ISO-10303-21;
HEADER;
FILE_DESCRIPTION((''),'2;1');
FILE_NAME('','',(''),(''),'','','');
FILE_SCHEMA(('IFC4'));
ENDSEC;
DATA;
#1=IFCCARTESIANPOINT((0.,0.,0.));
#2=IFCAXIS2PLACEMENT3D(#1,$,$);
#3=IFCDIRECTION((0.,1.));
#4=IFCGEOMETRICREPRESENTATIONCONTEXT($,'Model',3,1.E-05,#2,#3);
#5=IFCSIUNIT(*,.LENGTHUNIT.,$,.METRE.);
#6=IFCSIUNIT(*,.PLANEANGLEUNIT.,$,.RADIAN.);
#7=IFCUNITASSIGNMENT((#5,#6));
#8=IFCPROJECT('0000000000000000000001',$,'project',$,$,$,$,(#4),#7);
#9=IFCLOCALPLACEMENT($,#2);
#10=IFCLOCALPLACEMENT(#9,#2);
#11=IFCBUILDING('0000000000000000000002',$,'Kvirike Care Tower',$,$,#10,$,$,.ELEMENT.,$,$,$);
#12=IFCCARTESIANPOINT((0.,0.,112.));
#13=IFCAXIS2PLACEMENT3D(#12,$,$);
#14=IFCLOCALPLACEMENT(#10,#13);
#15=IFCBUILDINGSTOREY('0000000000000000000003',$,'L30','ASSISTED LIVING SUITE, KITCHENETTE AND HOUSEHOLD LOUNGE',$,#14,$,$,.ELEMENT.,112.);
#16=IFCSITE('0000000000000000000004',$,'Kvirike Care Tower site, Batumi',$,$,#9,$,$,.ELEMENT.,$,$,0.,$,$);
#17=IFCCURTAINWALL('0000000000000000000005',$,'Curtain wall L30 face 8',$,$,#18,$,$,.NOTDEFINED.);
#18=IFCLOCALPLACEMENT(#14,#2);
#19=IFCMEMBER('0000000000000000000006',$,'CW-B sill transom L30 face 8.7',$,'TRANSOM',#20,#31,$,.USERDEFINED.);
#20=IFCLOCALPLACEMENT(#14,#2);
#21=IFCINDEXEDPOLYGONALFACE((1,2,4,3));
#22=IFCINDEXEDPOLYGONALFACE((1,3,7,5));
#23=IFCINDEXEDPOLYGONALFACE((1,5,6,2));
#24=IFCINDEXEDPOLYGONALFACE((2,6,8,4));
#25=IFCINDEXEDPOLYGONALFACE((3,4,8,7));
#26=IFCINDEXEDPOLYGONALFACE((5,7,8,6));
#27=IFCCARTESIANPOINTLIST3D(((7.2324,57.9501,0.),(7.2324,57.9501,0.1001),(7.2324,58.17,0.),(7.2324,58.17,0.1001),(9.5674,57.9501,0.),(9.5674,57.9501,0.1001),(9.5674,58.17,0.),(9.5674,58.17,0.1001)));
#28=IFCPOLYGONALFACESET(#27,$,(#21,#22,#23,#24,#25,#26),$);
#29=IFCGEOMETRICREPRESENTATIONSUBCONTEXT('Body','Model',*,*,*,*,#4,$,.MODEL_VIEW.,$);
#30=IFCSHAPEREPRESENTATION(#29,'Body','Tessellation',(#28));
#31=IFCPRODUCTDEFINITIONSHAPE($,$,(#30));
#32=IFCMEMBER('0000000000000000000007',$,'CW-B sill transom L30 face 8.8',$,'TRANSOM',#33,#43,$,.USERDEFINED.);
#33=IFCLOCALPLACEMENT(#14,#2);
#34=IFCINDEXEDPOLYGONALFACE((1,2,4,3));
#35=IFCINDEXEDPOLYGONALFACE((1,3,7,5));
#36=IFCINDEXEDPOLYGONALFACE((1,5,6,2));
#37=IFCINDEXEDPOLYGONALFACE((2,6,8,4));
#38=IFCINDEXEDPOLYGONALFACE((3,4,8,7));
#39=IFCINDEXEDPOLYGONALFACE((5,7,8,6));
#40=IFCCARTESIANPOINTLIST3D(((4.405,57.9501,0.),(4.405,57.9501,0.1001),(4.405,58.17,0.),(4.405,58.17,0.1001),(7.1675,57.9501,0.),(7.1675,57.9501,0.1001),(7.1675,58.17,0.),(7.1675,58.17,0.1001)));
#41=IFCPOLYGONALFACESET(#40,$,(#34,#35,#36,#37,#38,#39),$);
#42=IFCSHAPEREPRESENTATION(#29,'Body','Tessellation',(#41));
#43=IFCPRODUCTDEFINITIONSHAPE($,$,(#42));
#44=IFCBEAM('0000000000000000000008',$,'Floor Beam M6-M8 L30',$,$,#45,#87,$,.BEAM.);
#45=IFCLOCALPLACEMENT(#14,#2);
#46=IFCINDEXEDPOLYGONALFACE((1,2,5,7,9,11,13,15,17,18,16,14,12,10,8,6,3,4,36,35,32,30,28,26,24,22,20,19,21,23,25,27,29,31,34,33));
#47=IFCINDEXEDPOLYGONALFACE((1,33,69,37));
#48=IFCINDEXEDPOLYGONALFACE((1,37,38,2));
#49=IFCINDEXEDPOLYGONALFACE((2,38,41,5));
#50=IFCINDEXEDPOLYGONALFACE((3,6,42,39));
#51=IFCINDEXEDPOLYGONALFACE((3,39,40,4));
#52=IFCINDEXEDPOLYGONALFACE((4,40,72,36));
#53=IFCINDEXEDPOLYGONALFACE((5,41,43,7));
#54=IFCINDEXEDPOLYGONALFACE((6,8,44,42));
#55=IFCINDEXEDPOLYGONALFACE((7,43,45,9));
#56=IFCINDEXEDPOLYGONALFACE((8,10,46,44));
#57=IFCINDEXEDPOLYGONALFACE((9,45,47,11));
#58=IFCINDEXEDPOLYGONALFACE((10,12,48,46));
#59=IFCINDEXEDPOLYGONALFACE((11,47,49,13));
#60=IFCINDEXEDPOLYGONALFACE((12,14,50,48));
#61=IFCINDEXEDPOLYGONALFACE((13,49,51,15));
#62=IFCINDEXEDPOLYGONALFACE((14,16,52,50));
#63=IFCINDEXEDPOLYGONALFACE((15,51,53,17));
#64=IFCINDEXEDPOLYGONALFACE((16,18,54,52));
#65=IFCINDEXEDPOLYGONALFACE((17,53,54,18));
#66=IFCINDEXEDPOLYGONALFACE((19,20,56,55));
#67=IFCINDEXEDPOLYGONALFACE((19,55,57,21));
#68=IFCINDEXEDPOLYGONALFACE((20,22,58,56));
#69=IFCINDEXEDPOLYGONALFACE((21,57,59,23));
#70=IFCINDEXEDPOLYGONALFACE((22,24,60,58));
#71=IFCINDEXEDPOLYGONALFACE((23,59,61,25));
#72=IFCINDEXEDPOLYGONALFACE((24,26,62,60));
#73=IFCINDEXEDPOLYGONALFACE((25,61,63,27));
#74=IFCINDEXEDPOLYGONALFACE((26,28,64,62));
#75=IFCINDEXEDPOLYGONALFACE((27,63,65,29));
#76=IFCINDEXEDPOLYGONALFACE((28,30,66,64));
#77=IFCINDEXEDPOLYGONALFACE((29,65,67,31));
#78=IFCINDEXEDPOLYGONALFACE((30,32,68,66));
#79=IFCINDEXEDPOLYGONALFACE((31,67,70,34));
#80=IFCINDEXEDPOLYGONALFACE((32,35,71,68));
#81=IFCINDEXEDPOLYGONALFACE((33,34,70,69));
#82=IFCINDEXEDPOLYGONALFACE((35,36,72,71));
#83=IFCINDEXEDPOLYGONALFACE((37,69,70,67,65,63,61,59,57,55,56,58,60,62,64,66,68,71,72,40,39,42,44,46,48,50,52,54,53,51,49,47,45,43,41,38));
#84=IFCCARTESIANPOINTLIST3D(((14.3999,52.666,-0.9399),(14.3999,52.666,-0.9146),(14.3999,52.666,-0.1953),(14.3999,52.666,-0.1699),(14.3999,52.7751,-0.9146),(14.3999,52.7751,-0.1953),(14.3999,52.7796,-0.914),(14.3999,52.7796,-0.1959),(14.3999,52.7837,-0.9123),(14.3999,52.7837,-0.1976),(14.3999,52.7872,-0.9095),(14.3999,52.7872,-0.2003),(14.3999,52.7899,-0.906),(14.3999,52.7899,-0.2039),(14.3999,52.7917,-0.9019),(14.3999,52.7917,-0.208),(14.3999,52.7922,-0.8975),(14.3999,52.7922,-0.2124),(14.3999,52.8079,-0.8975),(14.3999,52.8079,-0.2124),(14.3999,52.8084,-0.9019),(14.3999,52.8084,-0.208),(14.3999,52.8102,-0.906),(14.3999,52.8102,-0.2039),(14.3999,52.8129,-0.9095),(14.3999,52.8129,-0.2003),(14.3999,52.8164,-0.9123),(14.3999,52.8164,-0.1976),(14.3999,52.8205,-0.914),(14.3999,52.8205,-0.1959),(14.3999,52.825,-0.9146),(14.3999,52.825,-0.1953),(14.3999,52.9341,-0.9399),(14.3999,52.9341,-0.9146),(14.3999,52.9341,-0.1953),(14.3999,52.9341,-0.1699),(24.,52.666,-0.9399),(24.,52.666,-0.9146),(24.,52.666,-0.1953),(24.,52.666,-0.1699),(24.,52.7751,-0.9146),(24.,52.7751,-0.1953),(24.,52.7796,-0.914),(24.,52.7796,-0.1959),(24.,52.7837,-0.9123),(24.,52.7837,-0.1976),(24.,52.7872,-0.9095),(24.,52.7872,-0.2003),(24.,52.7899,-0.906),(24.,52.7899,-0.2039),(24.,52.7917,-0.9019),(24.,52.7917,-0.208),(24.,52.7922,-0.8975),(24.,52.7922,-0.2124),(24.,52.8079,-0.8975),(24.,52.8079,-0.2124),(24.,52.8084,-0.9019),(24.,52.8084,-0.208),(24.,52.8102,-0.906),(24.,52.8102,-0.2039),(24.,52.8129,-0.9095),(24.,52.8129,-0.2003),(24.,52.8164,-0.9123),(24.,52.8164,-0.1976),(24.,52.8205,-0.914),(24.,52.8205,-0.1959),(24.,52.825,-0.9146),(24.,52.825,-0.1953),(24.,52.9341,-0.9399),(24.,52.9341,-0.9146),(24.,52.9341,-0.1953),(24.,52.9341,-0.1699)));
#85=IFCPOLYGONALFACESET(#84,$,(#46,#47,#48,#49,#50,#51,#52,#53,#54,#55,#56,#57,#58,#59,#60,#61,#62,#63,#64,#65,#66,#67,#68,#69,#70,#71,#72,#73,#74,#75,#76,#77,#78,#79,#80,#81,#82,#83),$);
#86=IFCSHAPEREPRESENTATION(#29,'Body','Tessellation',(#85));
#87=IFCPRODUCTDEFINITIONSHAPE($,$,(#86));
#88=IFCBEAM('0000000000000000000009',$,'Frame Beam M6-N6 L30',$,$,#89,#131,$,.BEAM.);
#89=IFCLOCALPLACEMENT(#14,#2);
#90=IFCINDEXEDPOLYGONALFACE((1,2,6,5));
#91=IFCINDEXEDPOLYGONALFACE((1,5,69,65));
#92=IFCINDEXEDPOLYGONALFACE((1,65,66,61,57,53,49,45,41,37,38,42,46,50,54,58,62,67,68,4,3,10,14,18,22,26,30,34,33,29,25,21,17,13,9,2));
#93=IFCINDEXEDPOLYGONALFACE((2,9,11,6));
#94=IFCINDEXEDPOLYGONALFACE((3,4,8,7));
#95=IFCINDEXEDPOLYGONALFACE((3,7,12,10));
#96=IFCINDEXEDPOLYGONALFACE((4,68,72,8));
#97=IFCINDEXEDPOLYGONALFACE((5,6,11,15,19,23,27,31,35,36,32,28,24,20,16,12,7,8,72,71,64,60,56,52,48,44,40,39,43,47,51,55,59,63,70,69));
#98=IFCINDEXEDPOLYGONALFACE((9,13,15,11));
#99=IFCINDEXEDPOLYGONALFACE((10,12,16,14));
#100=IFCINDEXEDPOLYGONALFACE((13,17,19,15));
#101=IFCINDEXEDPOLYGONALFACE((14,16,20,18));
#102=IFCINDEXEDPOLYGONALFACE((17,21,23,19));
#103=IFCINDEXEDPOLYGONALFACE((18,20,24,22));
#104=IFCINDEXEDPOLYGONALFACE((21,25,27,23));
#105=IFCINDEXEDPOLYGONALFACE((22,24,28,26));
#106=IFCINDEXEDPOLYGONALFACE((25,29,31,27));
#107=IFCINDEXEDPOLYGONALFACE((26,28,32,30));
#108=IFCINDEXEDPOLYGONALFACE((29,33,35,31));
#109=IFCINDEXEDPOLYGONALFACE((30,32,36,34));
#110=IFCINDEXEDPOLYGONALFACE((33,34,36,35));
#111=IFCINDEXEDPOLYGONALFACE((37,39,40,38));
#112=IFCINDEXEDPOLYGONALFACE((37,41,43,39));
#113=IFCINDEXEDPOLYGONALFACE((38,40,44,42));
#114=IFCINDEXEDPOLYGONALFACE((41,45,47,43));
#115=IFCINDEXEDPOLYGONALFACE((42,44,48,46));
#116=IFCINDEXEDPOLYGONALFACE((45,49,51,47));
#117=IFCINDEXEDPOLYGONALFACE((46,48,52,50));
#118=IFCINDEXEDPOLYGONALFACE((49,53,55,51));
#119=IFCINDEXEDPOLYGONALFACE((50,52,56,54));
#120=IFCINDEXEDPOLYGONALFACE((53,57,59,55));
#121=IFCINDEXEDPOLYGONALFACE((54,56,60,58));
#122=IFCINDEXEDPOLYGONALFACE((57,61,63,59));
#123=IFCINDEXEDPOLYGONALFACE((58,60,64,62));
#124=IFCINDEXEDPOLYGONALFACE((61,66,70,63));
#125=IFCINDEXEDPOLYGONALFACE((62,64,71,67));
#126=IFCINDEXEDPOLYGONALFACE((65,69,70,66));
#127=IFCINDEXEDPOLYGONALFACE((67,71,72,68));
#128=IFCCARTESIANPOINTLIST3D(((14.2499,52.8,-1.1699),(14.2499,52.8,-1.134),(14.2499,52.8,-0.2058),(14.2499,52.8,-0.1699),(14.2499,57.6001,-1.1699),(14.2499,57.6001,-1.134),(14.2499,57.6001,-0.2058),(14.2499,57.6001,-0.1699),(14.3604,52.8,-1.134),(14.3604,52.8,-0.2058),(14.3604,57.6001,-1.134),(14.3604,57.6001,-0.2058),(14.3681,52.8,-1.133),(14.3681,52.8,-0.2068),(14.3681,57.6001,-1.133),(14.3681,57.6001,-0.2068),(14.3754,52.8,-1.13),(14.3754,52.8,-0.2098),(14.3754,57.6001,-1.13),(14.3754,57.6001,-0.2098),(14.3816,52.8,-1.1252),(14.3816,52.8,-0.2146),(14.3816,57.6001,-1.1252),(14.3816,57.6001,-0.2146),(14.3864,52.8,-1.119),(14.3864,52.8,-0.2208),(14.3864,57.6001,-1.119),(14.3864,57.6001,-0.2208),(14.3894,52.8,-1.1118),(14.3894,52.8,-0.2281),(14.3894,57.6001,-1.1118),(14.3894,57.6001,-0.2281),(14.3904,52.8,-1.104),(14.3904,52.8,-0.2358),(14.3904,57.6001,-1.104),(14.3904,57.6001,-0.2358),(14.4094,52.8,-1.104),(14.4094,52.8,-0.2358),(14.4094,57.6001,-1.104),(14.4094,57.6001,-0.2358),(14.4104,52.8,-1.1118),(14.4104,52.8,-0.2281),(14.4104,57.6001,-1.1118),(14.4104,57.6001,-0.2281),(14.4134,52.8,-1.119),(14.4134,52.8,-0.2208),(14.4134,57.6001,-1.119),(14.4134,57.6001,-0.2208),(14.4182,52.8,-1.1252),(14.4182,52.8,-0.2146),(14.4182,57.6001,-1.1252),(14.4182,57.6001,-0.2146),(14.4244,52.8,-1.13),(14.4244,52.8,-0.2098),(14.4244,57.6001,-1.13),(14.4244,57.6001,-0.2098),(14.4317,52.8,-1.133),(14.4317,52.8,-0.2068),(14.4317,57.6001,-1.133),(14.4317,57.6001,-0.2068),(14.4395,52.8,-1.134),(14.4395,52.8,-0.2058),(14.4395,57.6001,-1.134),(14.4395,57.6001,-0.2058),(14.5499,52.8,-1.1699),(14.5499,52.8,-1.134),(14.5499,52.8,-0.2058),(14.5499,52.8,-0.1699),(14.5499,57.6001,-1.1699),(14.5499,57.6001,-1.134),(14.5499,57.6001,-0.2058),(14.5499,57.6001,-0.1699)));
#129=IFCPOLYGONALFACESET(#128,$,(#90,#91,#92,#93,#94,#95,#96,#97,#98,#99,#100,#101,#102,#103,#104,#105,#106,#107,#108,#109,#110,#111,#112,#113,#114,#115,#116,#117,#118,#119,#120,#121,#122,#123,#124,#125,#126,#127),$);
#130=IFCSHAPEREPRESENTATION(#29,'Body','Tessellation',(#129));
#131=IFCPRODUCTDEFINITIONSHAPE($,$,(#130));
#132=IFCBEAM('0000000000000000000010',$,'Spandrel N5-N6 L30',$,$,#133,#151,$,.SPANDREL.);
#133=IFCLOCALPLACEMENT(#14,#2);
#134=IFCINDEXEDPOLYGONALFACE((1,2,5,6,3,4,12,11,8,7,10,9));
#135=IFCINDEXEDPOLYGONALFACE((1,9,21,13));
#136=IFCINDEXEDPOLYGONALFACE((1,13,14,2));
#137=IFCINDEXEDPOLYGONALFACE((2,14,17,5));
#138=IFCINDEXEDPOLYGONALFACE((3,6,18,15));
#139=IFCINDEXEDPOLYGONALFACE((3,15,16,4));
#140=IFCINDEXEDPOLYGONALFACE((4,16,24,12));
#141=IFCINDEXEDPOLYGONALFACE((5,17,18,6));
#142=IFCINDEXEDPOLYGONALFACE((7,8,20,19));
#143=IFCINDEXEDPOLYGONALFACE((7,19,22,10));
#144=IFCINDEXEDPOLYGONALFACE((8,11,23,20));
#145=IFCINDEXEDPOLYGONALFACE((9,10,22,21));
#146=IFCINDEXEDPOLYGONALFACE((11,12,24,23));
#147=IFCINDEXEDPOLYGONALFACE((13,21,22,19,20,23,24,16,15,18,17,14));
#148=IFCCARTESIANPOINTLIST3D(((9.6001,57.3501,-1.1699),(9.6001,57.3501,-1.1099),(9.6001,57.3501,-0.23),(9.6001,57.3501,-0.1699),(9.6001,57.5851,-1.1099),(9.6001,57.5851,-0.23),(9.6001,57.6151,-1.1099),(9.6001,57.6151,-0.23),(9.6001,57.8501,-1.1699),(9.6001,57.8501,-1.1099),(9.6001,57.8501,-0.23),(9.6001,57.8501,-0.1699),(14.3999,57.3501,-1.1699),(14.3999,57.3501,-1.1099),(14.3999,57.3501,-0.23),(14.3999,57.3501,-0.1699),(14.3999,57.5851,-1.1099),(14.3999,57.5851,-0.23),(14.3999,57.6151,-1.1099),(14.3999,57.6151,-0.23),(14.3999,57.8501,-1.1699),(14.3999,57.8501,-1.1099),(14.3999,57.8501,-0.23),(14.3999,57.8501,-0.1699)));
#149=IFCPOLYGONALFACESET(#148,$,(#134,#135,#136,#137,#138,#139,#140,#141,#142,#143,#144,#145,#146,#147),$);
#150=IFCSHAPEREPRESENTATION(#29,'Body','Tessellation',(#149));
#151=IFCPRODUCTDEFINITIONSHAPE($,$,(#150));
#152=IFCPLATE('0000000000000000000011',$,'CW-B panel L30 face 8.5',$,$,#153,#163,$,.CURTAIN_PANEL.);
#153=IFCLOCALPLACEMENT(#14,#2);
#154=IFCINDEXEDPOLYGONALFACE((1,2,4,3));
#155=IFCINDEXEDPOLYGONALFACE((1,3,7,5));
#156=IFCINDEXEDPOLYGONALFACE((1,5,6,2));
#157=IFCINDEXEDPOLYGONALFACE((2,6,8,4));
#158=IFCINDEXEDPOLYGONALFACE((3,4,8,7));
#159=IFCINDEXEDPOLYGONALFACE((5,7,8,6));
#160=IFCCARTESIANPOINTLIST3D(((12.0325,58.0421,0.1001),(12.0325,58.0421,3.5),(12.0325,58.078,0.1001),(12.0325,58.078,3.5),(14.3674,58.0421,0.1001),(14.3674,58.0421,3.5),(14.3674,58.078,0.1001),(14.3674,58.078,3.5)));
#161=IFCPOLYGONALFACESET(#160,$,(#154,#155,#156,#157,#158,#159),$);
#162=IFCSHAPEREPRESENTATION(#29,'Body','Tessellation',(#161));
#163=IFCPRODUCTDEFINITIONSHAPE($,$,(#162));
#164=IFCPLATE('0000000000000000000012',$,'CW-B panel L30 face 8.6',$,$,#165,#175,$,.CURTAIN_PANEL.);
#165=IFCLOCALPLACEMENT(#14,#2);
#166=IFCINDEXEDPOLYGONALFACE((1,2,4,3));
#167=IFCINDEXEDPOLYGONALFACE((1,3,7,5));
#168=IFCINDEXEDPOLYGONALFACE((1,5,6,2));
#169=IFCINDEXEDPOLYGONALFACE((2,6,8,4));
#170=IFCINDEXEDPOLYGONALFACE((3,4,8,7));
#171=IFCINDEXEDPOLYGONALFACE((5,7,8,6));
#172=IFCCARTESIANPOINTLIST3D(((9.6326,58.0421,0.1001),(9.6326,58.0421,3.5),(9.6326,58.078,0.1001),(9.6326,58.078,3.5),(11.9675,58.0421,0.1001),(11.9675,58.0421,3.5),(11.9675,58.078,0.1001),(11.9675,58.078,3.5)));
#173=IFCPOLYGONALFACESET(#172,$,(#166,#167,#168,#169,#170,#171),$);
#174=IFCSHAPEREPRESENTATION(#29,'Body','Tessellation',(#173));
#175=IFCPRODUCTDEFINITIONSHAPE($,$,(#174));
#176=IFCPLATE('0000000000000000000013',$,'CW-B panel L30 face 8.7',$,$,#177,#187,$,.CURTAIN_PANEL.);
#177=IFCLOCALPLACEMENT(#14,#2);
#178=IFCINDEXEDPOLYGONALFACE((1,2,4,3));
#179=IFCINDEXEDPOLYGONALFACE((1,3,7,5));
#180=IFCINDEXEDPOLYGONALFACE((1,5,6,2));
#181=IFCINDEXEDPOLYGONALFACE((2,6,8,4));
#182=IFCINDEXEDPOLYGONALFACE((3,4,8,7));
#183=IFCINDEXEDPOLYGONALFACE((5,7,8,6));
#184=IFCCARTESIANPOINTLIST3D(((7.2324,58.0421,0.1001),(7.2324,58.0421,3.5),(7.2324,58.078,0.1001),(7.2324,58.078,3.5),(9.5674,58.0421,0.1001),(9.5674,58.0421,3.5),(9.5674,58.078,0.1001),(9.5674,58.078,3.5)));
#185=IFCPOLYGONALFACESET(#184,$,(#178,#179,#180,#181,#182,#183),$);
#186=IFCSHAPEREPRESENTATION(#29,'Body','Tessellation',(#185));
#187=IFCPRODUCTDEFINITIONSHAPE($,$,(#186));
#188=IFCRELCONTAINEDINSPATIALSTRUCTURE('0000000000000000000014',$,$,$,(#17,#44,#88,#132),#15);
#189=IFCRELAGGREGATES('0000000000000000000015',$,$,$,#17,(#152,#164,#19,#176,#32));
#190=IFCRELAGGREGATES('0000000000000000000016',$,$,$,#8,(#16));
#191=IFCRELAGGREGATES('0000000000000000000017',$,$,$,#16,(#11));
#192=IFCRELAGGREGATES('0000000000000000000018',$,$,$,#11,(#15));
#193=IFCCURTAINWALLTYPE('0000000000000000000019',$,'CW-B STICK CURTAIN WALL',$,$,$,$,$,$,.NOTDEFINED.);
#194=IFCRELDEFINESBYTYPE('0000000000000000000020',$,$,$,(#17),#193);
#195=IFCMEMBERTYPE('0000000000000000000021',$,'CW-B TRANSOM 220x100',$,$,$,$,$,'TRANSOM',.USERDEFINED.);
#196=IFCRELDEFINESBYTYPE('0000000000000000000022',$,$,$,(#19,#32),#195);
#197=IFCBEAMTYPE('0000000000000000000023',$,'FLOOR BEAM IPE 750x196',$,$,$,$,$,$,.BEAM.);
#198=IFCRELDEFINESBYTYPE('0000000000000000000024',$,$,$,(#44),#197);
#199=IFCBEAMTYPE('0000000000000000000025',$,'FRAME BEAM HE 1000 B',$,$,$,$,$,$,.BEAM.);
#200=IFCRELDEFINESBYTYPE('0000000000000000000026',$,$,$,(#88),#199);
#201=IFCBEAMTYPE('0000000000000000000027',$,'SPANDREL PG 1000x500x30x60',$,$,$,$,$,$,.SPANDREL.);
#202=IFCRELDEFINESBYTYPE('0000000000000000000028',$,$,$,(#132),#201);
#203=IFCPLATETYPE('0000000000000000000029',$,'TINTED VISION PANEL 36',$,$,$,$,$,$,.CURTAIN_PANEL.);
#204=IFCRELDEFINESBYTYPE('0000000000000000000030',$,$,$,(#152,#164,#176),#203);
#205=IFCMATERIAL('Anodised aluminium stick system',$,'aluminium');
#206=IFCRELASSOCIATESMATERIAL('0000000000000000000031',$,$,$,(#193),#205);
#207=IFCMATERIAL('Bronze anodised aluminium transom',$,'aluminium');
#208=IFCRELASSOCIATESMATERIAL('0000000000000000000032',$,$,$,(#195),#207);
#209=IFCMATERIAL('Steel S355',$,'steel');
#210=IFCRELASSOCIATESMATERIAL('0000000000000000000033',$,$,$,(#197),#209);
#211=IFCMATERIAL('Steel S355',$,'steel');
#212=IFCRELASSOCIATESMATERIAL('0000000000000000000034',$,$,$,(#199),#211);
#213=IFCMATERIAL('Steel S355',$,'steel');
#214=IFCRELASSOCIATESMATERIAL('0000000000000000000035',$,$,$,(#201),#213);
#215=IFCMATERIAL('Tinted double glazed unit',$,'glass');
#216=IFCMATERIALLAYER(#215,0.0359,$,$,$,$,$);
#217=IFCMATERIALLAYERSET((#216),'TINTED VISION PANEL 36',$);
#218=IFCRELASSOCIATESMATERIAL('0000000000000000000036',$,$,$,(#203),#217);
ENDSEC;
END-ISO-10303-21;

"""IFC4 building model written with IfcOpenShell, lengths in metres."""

from ifc_helpers import new_model, si_unit, direction, frame, origin, origin_2d, place, context, subcontext, project, spatial, rectangle, i_section, extrude, material, layer, layer_set, material_profile, profile_set, type_object, element, aggregate, save


model = new_model("IFC4")

# Units and contexts
model_context = context("Model", 3, precision=1e-05, world=origin(), true_north=direction((0.0, 1.0)))
body_context = subcontext(model_context, "Body", "Model", "MODEL_VIEW")
ifc_project = project(units=[si_unit("LENGTHUNIT", "METRE"), si_unit("PLANEANGLEUNIT", "RADIAN")], contexts=[model_context])

# Site, building, storey
site_placement = place(None, origin())
site = spatial("IfcSite", under=ifc_project, at=site_placement, Name="Kvirike Care Tower site, Batumi", CompositionType="ELEMENT", RefElevation=0.0)
building_placement = place(site_placement, origin())
building = spatial("IfcBuilding", under=site, at=building_placement, Name="Kvirike Care Tower", CompositionType="ELEMENT")
storey_placement = place(building_placement, frame((0.0, 0.0, 112.0)))
storey = spatial("IfcBuildingStorey", under=building, at=storey_placement, Name="L30", Description="ASSISTED LIVING SUITE, KITCHENETTE AND HOUSEHOLD LOUNGE", CompositionType="ELEMENT", Elevation=112.0)

# Curtain wall, members
ifc_material_1 = material(Name="Anodised aluminium stick system", Category="aluminium")
curtain_wall_type = type_object("IfcCurtainWallType", Name="CW-B STICK CURTAIN WALL", PredefinedType="NOTDEFINED", material=ifc_material_1)
curtain_wall_placement = place(storey_placement, origin())
curtain_wall = element("IfcCurtainWall", 1, at=curtain_wall_placement, inside=storey, type_object=curtain_wall_type, Name="Curtain wall L30 face 8", PredefinedType="NOTDEFINED")
ifc_material_2 = material(Name="Bronze anodised aluminium transom", Category="aluminium")
ifc_material_profile_1 = material_profile(ifc_material_2, rectangle(XDim=0.22, YDim=0.1001, at=origin_2d()), Name="CW-B TRANSOM 220x100")
ifc_profile_set_1 = profile_set([ifc_material_profile_1], Name="Bronze anodised aluminium transom")
member_type_1 = type_object("IfcMemberType", Name="CW-B TRANSOM 220x100", ElementType="TRANSOM", PredefinedType="USERDEFINED", material=ifc_profile_set_1)
member_1_placement = place(storey_placement, frame((9.5674, 58.0601, 0.05), z_axis=(-1.0, 0.0, 0.0), x_axis=(0.0, -1.0, 0.0)))
member_1 = element("IfcMember", 2, at=member_1_placement, type_object=member_type_1, Name="CW-B sill transom L30 face 8.7", ObjectType="TRANSOM", PredefinedType="USERDEFINED", context=body_context, shape_type="SweptSolid", body=[
    extrude(rectangle(XDim=0.22, YDim=0.1001, at=origin_2d()), origin(), (0.0, 0.0, 1.0), 2.335),
])
member_2_placement = place(storey_placement, frame((7.1675, 58.0601, 0.05), z_axis=(-1.0, 0.0, 0.0), x_axis=(0.0, -1.0, 0.0)))
member_2 = element("IfcMember", 3, at=member_2_placement, type_object=member_type_1, Name="CW-B sill transom L30 face 8.8", ObjectType="TRANSOM", PredefinedType="USERDEFINED", context=body_context, shape_type="SweptSolid", body=[
    extrude(rectangle(XDim=0.22, YDim=0.1001, at=origin_2d()), origin(), (0.0, 0.0, 1.0), 2.7625),
])

# Beams
ifc_material_3 = material(Name="Steel S355", Category="steel")
ifc_material_profile_2 = material_profile(ifc_material_3, i_section(OverallWidth=0.2681, OverallDepth=0.77, WebThickness=0.0156, FlangeThickness=0.0254, FilletRadius=0.0171, at=origin_2d()), Name="IPE 750x196")
ifc_profile_set_2 = profile_set([ifc_material_profile_2], Name="Steel S355")
beam_type_1 = type_object("IfcBeamType", Name="FLOOR BEAM IPE 750x196", PredefinedType="BEAM", material=ifc_profile_set_2)
beam_1_placement = place(storey_placement, frame((14.3999, 52.8, -0.5549), z_axis=(1.0, 0.0, 0.0), x_axis=(0.0, 1.0, 0.0)))
element("IfcBeam", 4, at=beam_1_placement, inside=storey, type_object=beam_type_1, Name="Floor Beam M6-M8 L30", PredefinedType="BEAM", context=body_context, shape_type="SweptSolid", body=[
    extrude(i_section(OverallWidth=0.2681, OverallDepth=0.77, WebThickness=0.0156, FlangeThickness=0.0254, FilletRadius=0.0171, at=origin_2d()), origin(), (0.0, 0.0, 1.0), 9.6001),
])
ifc_material_4 = material(Name="Steel S355", Category="steel")
ifc_material_profile_3 = material_profile(ifc_material_4, i_section(OverallWidth=0.3, OverallDepth=1.0, WebThickness=0.019, FlangeThickness=0.0359, FilletRadius=0.03, at=origin_2d()), Name="HE 1000 B")
ifc_profile_set_3 = profile_set([ifc_material_profile_3], Name="Steel S355")
beam_type_2 = type_object("IfcBeamType", Name="FRAME BEAM HE 1000 B", PredefinedType="BEAM", material=ifc_profile_set_3)
beam_2_placement = place(storey_placement, frame((14.3999, 52.8, -0.6699), z_axis=(0.0, 1.0, 0.0), x_axis=(-1.0, 0.0, 0.0)))
element("IfcBeam", 5, at=beam_2_placement, inside=storey, type_object=beam_type_2, Name="Frame Beam M6-N6 L30", PredefinedType="BEAM", context=body_context, shape_type="SweptSolid", body=[
    extrude(i_section(OverallWidth=0.3, OverallDepth=1.0, WebThickness=0.019, FlangeThickness=0.0359, FilletRadius=0.03, at=origin_2d()), origin(), (0.0, 0.0, 1.0), 4.8),
])
ifc_material_5 = material(Name="Steel S355", Category="steel")
ifc_material_profile_4 = material_profile(ifc_material_5, i_section(OverallWidth=0.5, OverallDepth=1.0, WebThickness=0.03, FlangeThickness=0.0601, at=origin_2d()), Name="PG 1000x500x30x60")
ifc_profile_set_4 = profile_set([ifc_material_profile_4], Name="Steel S355")
beam_type_3 = type_object("IfcBeamType", Name="SPANDREL PG 1000x500x30x60", PredefinedType="SPANDREL", material=ifc_profile_set_4)
beam_3_placement = place(storey_placement, frame((9.6001, 57.6001, -0.6699), z_axis=(1.0, 0.0, 0.0), x_axis=(0.0, 1.0, 0.0)))
element("IfcBeam", 6, at=beam_3_placement, inside=storey, type_object=beam_type_3, Name="Spandrel N5-N6 L30", PredefinedType="SPANDREL", context=body_context, shape_type="SweptSolid", body=[
    extrude(i_section(OverallWidth=0.5, OverallDepth=1.0, WebThickness=0.03, FlangeThickness=0.0601, at=origin_2d()), origin(), (0.0, 0.0, 1.0), 4.7998),
])

# Plates
ifc_material_6 = material(Name="Tinted double glazed unit", Category="glass")
ifc_layer_1 = layer(ifc_material_6, 0.0359)
ifc_layer_set_1 = layer_set([ifc_layer_1], Name="TINTED VISION PANEL 36")
plate_type = type_object("IfcPlateType", Name="TINTED VISION PANEL 36", PredefinedType="CURTAIN_PANEL", material=ifc_layer_set_1)
plate_1_placement = place(storey_placement, frame((13.2, 58.0601, 0.1001), z_axis=(0.0, 0.0, 1.0), x_axis=(-1.0, 0.0, 0.0)))
plate_1 = element("IfcPlate", 7, at=plate_1_placement, type_object=plate_type, Name="CW-B panel L30 face 8.5", PredefinedType="CURTAIN_PANEL", context=body_context, shape_type="SweptSolid", body=[
    extrude(rectangle(XDim=2.335, YDim=0.0359, at=origin_2d()), origin(), (0.0, 0.0, 1.0), 3.3999),
])
plate_2_placement = place(storey_placement, frame((10.8, 58.0601, 0.1001), z_axis=(0.0, 0.0, 1.0), x_axis=(-1.0, 0.0, 0.0)))
plate_2 = element("IfcPlate", 8, at=plate_2_placement, type_object=plate_type, Name="CW-B panel L30 face 8.6", PredefinedType="CURTAIN_PANEL", context=body_context, shape_type="SweptSolid", body=[
    extrude(rectangle(XDim=2.335, YDim=0.0359, at=origin_2d()), origin(), (0.0, 0.0, 1.0), 3.3999),
])
plate_3_placement = place(storey_placement, frame((8.3999, 58.0601, 0.1001), z_axis=(0.0, 0.0, 1.0), x_axis=(-1.0, 0.0, 0.0)))
plate_3 = element("IfcPlate", 9, at=plate_3_placement, type_object=plate_type, Name="CW-B panel L30 face 8.7", PredefinedType="CURTAIN_PANEL", context=body_context, shape_type="SweptSolid", body=[
    extrude(rectangle(XDim=2.335, YDim=0.0359, at=origin_2d()), origin(), (0.0, 0.0, 1.0), 3.3999),
])
aggregate(curtain_wall, [plate_1, plate_2, member_1, plate_3, member_2])

save(model, "model.ifc")
